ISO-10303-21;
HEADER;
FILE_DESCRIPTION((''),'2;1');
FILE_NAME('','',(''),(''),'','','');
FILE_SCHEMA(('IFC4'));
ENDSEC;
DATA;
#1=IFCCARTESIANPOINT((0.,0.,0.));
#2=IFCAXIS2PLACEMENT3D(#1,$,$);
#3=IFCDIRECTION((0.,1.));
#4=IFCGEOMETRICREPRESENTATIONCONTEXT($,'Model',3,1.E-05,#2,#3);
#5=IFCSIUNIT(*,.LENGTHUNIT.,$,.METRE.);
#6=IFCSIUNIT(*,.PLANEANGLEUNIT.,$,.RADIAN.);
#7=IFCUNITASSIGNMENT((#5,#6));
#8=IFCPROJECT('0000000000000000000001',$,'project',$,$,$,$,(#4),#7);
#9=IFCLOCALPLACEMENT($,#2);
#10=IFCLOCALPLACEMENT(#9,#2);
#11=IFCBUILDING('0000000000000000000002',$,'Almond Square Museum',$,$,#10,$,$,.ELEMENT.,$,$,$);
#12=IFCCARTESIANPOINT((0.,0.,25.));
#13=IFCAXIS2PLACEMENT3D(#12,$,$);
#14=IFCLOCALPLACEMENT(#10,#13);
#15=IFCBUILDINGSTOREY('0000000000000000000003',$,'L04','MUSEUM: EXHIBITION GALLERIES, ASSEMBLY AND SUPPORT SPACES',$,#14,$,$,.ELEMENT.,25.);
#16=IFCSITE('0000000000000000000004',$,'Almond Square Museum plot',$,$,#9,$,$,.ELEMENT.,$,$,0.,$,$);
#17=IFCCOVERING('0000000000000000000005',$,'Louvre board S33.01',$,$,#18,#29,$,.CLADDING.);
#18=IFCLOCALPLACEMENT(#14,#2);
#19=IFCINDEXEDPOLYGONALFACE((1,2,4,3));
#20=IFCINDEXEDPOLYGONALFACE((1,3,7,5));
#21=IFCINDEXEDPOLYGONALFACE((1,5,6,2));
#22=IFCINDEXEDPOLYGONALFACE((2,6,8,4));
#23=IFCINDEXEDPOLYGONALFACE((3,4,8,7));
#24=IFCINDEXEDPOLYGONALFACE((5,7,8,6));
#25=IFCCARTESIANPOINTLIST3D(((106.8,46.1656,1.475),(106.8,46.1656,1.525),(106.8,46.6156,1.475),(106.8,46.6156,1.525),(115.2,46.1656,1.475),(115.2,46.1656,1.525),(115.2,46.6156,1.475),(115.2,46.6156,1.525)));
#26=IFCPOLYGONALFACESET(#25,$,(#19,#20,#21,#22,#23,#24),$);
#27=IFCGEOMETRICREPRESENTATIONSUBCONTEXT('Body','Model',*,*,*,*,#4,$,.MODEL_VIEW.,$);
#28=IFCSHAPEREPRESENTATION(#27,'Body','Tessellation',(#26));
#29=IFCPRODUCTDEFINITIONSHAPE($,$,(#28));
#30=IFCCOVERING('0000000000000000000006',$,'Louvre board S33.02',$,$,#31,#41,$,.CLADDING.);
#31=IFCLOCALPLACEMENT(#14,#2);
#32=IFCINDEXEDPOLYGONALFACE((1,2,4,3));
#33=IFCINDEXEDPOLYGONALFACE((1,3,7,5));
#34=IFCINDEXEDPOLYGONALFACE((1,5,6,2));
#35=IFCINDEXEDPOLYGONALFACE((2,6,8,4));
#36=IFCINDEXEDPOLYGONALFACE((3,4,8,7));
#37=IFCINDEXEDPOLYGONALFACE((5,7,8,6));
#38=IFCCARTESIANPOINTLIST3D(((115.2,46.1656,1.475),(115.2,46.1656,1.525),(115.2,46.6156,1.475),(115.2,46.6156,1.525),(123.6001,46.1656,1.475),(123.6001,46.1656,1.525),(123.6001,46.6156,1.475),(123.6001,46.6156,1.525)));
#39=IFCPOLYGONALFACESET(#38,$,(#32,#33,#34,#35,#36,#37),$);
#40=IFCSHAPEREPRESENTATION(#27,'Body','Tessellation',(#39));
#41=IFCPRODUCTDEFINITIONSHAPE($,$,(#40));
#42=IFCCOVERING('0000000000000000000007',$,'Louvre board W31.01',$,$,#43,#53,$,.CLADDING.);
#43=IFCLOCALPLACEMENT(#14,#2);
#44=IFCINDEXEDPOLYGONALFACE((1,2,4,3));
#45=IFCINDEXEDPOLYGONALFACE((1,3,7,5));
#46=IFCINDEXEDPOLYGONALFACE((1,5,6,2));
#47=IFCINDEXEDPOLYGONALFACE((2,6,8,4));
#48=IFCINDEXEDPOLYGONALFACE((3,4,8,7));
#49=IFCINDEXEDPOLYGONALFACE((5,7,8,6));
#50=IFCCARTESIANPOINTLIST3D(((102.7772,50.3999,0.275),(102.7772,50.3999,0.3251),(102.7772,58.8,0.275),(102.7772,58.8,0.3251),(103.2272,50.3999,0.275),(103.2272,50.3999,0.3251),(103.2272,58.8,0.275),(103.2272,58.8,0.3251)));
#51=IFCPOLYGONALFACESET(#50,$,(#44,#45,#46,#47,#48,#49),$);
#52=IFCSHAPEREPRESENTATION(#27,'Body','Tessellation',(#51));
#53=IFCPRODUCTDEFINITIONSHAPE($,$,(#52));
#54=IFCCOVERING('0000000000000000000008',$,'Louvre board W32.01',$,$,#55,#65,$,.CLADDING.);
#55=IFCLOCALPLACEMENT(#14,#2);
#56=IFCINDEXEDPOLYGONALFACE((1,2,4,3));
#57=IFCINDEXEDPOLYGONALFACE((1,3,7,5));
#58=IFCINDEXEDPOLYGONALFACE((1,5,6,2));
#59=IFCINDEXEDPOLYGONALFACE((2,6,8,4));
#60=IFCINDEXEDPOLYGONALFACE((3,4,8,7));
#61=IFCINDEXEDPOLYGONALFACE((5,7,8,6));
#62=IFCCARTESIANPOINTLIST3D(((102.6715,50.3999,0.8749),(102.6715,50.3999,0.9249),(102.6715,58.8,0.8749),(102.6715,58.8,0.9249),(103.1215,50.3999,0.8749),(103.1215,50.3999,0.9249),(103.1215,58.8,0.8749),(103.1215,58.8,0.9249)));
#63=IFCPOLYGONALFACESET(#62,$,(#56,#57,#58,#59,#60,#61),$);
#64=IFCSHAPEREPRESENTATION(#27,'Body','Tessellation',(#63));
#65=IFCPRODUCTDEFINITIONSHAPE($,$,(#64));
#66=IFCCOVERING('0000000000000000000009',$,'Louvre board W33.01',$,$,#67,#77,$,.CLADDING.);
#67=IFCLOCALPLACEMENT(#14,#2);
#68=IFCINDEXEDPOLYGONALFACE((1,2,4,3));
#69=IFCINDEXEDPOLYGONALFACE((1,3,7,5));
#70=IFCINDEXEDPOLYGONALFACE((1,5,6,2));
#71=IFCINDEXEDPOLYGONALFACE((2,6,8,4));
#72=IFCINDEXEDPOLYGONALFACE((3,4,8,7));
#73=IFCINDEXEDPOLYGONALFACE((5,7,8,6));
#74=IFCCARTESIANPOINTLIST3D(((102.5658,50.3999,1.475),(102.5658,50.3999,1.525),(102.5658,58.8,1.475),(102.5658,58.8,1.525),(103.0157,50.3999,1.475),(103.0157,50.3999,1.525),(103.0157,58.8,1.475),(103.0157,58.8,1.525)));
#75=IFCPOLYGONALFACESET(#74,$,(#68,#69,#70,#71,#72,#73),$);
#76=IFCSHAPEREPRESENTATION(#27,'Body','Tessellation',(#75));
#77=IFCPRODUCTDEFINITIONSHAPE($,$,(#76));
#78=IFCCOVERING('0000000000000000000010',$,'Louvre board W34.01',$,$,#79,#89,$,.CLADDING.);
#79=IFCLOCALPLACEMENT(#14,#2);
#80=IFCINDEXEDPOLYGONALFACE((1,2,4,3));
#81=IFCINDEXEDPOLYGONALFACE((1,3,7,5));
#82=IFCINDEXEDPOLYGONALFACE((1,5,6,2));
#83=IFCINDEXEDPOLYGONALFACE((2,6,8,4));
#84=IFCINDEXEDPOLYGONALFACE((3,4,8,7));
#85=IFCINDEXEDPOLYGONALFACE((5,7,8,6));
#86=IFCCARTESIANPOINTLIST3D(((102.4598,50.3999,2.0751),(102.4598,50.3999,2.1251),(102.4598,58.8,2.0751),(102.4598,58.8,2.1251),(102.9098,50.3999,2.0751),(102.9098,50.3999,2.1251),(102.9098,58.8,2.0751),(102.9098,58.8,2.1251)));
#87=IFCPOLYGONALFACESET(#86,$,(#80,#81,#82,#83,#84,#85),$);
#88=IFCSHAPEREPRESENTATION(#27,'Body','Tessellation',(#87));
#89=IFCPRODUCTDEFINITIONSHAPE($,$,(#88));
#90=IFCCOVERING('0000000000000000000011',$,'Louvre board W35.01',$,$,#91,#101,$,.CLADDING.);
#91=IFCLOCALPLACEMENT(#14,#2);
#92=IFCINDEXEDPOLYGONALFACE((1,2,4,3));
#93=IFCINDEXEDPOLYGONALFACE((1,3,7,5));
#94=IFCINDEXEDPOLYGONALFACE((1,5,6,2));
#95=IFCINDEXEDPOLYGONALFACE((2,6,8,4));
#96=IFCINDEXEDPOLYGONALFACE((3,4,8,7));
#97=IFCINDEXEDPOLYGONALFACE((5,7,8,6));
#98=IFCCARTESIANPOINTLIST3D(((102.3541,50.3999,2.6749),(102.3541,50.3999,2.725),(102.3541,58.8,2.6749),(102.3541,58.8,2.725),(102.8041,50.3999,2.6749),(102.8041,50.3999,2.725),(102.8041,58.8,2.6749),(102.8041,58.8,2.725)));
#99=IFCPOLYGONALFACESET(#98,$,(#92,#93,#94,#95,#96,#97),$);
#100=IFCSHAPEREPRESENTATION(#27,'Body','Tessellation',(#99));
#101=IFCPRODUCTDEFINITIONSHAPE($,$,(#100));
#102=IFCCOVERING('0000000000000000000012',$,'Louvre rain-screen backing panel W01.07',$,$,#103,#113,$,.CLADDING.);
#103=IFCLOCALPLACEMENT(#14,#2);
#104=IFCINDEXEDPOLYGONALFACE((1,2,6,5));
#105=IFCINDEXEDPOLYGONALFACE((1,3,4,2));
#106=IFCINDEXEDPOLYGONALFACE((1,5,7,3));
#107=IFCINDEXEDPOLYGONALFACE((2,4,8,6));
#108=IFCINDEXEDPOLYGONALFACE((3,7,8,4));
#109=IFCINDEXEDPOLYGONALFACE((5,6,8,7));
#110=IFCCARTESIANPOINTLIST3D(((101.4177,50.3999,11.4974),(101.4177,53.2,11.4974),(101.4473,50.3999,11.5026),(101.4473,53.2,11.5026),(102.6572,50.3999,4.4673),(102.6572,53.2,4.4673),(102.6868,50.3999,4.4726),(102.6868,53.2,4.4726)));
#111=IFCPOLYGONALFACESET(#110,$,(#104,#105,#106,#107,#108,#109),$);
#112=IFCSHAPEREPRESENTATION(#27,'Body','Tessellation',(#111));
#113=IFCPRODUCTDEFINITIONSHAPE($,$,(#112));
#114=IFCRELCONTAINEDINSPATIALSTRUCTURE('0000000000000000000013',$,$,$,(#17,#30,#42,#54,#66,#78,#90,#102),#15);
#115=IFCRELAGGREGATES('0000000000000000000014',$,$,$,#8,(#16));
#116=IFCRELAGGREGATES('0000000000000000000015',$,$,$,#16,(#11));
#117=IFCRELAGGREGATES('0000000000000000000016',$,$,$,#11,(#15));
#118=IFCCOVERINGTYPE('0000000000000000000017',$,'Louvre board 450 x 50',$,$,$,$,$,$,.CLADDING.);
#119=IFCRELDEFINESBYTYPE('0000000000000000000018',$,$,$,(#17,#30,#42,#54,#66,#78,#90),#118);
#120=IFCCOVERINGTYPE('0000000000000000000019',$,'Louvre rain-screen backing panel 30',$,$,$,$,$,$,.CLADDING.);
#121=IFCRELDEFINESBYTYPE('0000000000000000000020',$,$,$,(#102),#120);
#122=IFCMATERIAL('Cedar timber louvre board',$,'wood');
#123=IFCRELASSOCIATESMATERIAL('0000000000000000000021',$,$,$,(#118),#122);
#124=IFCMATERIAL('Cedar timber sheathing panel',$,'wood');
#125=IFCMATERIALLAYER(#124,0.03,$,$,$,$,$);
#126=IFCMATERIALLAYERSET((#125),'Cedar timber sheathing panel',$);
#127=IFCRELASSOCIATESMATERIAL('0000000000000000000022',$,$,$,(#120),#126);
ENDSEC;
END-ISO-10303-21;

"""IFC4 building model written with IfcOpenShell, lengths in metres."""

from ifc_helpers import new_model, si_unit, direction, frame, origin, origin_2d, place, context, subcontext, project, spatial, polyline, rectangle, outline, extrude, material, layer, layer_set, material_profile, profile_set, type_object, element, save


model = new_model("IFC4")

# Units and contexts
model_context = context("Model", 3, precision=1e-05, world=origin(), true_north=direction((0.0, 1.0)))
body_context = subcontext(model_context, "Body", "Model", "MODEL_VIEW")
ifc_project = project(units=[si_unit("LENGTHUNIT", "METRE"), si_unit("PLANEANGLEUNIT", "RADIAN")], contexts=[model_context])

# Site, building, storey
site_placement = place(None, origin())
site = spatial("IfcSite", under=ifc_project, at=site_placement, Name="Almond Square Museum plot", CompositionType="ELEMENT", RefElevation=0.0)
building_placement = place(site_placement, origin())
building = spatial("IfcBuilding", under=site, at=building_placement, Name="Almond Square Museum", CompositionType="ELEMENT")
storey_placement = place(building_placement, frame((0.0, 0.0, 25.0)))
storey = spatial("IfcBuildingStorey", under=building, at=storey_placement, Name="L04", Description="MUSEUM: EXHIBITION GALLERIES, ASSEMBLY AND SUPPORT SPACES", CompositionType="ELEMENT", Elevation=25.0)

# Coverings
ifc_material_1 = material(Name="Cedar timber louvre board", Category="wood")
ifc_material_profile_1 = material_profile(ifc_material_1, rectangle(XDim=0.45, YDim=0.05, at=origin_2d()))
ifc_profile_set_1 = profile_set([ifc_material_profile_1], Name="Cedar timber louvre board")
covering_type_1 = type_object("IfcCoveringType", Name="Louvre board 450 x 50", PredefinedType="CLADDING", material=ifc_profile_set_1)
covering_1_placement = place(storey_placement, frame((106.8, 46.3906, 1.5), z_axis=(1.0, 0.0, 0.0), x_axis=(0.0, 1.0, 0.0)))
element("IfcCovering", 1, at=covering_1_placement, inside=storey, type_object=covering_type_1, Name="Louvre board S33.01", PredefinedType="CLADDING", context=body_context, shape_type="SweptSolid", body=[
    extrude(rectangle(XDim=0.45, YDim=0.05, at=origin_2d()), origin(), (0.0, 0.0, 1.0), 8.3999),
])
for number, where, z_axis, x_axis, name in (
    (2, (115.2, 46.3906, 1.5), (1.0, 0.0, 0.0), (0.0, 1.0, 0.0), "Louvre board S33.02"),
    (3, (103.0022, 50.3999, 0.3), (0.0, 1.0, 0.0), (-1.0, 0.0, 0.0), "Louvre board W31.01"),
    (4, (102.8965, 50.3999, 0.8999), (0.0, 1.0, 0.0), (-1.0, 0.0, 0.0), "Louvre board W32.01"),
    (5, (102.7908, 50.3999, 1.5), (0.0, 1.0, 0.0), (-1.0, 0.0, 0.0), "Louvre board W33.01"),
    (6, (102.6848, 50.3999, 2.1001), (0.0, 1.0, 0.0), (-1.0, 0.0, 0.0), "Louvre board W34.01"),
    (7, (102.5791, 50.3999, 2.7), (0.0, 1.0, 0.0), (-1.0, 0.0, 0.0), "Louvre board W35.01"),
):
    element("IfcCovering", number, at=place(storey_placement, frame(where, z_axis=z_axis, x_axis=x_axis)), inside=storey, type_object=covering_type_1, Name=name, PredefinedType="CLADDING", context=body_context, shape_type="SweptSolid", body=[
        extrude(rectangle(XDim=0.45, YDim=0.05, at=origin_2d()), origin(), (0.0, 0.0, 1.0), 8.4001),
    ])
ifc_material_2 = material(Name="Cedar timber sheathing panel", Category="wood")
ifc_layer_1 = layer(ifc_material_2, 0.03)
ifc_layer_set_1 = layer_set([ifc_layer_1], Name="Cedar timber sheathing panel")
covering_type_2 = type_object("IfcCoveringType", Name="Louvre rain-screen backing panel 30", PredefinedType="CLADDING", material=ifc_layer_set_1)
covering_2_placement = place(storey_placement, frame((102.6721, 50.3999, 4.47), z_axis=(0.98481, 0.0, 0.173637), x_axis=(0.0, 1.0, 0.0)))
element("IfcCovering", 8, at=covering_2_placement, inside=storey, type_object=covering_type_2, Name="Louvre rain-screen backing panel W01.07", PredefinedType="CLADDING", context=body_context, shape_type="SweptSolid", body=[
    extrude(outline(polyline([(0.0, 0.0), (2.8, 0.0), (2.8, 7.1385), (0.0, 7.1385), (0.0, 0.0)])), frame((0.0, 0.0, -0.0151)), (0.0, 0.0, 1.0), 0.03),
])

save(model, "model.ifc")
